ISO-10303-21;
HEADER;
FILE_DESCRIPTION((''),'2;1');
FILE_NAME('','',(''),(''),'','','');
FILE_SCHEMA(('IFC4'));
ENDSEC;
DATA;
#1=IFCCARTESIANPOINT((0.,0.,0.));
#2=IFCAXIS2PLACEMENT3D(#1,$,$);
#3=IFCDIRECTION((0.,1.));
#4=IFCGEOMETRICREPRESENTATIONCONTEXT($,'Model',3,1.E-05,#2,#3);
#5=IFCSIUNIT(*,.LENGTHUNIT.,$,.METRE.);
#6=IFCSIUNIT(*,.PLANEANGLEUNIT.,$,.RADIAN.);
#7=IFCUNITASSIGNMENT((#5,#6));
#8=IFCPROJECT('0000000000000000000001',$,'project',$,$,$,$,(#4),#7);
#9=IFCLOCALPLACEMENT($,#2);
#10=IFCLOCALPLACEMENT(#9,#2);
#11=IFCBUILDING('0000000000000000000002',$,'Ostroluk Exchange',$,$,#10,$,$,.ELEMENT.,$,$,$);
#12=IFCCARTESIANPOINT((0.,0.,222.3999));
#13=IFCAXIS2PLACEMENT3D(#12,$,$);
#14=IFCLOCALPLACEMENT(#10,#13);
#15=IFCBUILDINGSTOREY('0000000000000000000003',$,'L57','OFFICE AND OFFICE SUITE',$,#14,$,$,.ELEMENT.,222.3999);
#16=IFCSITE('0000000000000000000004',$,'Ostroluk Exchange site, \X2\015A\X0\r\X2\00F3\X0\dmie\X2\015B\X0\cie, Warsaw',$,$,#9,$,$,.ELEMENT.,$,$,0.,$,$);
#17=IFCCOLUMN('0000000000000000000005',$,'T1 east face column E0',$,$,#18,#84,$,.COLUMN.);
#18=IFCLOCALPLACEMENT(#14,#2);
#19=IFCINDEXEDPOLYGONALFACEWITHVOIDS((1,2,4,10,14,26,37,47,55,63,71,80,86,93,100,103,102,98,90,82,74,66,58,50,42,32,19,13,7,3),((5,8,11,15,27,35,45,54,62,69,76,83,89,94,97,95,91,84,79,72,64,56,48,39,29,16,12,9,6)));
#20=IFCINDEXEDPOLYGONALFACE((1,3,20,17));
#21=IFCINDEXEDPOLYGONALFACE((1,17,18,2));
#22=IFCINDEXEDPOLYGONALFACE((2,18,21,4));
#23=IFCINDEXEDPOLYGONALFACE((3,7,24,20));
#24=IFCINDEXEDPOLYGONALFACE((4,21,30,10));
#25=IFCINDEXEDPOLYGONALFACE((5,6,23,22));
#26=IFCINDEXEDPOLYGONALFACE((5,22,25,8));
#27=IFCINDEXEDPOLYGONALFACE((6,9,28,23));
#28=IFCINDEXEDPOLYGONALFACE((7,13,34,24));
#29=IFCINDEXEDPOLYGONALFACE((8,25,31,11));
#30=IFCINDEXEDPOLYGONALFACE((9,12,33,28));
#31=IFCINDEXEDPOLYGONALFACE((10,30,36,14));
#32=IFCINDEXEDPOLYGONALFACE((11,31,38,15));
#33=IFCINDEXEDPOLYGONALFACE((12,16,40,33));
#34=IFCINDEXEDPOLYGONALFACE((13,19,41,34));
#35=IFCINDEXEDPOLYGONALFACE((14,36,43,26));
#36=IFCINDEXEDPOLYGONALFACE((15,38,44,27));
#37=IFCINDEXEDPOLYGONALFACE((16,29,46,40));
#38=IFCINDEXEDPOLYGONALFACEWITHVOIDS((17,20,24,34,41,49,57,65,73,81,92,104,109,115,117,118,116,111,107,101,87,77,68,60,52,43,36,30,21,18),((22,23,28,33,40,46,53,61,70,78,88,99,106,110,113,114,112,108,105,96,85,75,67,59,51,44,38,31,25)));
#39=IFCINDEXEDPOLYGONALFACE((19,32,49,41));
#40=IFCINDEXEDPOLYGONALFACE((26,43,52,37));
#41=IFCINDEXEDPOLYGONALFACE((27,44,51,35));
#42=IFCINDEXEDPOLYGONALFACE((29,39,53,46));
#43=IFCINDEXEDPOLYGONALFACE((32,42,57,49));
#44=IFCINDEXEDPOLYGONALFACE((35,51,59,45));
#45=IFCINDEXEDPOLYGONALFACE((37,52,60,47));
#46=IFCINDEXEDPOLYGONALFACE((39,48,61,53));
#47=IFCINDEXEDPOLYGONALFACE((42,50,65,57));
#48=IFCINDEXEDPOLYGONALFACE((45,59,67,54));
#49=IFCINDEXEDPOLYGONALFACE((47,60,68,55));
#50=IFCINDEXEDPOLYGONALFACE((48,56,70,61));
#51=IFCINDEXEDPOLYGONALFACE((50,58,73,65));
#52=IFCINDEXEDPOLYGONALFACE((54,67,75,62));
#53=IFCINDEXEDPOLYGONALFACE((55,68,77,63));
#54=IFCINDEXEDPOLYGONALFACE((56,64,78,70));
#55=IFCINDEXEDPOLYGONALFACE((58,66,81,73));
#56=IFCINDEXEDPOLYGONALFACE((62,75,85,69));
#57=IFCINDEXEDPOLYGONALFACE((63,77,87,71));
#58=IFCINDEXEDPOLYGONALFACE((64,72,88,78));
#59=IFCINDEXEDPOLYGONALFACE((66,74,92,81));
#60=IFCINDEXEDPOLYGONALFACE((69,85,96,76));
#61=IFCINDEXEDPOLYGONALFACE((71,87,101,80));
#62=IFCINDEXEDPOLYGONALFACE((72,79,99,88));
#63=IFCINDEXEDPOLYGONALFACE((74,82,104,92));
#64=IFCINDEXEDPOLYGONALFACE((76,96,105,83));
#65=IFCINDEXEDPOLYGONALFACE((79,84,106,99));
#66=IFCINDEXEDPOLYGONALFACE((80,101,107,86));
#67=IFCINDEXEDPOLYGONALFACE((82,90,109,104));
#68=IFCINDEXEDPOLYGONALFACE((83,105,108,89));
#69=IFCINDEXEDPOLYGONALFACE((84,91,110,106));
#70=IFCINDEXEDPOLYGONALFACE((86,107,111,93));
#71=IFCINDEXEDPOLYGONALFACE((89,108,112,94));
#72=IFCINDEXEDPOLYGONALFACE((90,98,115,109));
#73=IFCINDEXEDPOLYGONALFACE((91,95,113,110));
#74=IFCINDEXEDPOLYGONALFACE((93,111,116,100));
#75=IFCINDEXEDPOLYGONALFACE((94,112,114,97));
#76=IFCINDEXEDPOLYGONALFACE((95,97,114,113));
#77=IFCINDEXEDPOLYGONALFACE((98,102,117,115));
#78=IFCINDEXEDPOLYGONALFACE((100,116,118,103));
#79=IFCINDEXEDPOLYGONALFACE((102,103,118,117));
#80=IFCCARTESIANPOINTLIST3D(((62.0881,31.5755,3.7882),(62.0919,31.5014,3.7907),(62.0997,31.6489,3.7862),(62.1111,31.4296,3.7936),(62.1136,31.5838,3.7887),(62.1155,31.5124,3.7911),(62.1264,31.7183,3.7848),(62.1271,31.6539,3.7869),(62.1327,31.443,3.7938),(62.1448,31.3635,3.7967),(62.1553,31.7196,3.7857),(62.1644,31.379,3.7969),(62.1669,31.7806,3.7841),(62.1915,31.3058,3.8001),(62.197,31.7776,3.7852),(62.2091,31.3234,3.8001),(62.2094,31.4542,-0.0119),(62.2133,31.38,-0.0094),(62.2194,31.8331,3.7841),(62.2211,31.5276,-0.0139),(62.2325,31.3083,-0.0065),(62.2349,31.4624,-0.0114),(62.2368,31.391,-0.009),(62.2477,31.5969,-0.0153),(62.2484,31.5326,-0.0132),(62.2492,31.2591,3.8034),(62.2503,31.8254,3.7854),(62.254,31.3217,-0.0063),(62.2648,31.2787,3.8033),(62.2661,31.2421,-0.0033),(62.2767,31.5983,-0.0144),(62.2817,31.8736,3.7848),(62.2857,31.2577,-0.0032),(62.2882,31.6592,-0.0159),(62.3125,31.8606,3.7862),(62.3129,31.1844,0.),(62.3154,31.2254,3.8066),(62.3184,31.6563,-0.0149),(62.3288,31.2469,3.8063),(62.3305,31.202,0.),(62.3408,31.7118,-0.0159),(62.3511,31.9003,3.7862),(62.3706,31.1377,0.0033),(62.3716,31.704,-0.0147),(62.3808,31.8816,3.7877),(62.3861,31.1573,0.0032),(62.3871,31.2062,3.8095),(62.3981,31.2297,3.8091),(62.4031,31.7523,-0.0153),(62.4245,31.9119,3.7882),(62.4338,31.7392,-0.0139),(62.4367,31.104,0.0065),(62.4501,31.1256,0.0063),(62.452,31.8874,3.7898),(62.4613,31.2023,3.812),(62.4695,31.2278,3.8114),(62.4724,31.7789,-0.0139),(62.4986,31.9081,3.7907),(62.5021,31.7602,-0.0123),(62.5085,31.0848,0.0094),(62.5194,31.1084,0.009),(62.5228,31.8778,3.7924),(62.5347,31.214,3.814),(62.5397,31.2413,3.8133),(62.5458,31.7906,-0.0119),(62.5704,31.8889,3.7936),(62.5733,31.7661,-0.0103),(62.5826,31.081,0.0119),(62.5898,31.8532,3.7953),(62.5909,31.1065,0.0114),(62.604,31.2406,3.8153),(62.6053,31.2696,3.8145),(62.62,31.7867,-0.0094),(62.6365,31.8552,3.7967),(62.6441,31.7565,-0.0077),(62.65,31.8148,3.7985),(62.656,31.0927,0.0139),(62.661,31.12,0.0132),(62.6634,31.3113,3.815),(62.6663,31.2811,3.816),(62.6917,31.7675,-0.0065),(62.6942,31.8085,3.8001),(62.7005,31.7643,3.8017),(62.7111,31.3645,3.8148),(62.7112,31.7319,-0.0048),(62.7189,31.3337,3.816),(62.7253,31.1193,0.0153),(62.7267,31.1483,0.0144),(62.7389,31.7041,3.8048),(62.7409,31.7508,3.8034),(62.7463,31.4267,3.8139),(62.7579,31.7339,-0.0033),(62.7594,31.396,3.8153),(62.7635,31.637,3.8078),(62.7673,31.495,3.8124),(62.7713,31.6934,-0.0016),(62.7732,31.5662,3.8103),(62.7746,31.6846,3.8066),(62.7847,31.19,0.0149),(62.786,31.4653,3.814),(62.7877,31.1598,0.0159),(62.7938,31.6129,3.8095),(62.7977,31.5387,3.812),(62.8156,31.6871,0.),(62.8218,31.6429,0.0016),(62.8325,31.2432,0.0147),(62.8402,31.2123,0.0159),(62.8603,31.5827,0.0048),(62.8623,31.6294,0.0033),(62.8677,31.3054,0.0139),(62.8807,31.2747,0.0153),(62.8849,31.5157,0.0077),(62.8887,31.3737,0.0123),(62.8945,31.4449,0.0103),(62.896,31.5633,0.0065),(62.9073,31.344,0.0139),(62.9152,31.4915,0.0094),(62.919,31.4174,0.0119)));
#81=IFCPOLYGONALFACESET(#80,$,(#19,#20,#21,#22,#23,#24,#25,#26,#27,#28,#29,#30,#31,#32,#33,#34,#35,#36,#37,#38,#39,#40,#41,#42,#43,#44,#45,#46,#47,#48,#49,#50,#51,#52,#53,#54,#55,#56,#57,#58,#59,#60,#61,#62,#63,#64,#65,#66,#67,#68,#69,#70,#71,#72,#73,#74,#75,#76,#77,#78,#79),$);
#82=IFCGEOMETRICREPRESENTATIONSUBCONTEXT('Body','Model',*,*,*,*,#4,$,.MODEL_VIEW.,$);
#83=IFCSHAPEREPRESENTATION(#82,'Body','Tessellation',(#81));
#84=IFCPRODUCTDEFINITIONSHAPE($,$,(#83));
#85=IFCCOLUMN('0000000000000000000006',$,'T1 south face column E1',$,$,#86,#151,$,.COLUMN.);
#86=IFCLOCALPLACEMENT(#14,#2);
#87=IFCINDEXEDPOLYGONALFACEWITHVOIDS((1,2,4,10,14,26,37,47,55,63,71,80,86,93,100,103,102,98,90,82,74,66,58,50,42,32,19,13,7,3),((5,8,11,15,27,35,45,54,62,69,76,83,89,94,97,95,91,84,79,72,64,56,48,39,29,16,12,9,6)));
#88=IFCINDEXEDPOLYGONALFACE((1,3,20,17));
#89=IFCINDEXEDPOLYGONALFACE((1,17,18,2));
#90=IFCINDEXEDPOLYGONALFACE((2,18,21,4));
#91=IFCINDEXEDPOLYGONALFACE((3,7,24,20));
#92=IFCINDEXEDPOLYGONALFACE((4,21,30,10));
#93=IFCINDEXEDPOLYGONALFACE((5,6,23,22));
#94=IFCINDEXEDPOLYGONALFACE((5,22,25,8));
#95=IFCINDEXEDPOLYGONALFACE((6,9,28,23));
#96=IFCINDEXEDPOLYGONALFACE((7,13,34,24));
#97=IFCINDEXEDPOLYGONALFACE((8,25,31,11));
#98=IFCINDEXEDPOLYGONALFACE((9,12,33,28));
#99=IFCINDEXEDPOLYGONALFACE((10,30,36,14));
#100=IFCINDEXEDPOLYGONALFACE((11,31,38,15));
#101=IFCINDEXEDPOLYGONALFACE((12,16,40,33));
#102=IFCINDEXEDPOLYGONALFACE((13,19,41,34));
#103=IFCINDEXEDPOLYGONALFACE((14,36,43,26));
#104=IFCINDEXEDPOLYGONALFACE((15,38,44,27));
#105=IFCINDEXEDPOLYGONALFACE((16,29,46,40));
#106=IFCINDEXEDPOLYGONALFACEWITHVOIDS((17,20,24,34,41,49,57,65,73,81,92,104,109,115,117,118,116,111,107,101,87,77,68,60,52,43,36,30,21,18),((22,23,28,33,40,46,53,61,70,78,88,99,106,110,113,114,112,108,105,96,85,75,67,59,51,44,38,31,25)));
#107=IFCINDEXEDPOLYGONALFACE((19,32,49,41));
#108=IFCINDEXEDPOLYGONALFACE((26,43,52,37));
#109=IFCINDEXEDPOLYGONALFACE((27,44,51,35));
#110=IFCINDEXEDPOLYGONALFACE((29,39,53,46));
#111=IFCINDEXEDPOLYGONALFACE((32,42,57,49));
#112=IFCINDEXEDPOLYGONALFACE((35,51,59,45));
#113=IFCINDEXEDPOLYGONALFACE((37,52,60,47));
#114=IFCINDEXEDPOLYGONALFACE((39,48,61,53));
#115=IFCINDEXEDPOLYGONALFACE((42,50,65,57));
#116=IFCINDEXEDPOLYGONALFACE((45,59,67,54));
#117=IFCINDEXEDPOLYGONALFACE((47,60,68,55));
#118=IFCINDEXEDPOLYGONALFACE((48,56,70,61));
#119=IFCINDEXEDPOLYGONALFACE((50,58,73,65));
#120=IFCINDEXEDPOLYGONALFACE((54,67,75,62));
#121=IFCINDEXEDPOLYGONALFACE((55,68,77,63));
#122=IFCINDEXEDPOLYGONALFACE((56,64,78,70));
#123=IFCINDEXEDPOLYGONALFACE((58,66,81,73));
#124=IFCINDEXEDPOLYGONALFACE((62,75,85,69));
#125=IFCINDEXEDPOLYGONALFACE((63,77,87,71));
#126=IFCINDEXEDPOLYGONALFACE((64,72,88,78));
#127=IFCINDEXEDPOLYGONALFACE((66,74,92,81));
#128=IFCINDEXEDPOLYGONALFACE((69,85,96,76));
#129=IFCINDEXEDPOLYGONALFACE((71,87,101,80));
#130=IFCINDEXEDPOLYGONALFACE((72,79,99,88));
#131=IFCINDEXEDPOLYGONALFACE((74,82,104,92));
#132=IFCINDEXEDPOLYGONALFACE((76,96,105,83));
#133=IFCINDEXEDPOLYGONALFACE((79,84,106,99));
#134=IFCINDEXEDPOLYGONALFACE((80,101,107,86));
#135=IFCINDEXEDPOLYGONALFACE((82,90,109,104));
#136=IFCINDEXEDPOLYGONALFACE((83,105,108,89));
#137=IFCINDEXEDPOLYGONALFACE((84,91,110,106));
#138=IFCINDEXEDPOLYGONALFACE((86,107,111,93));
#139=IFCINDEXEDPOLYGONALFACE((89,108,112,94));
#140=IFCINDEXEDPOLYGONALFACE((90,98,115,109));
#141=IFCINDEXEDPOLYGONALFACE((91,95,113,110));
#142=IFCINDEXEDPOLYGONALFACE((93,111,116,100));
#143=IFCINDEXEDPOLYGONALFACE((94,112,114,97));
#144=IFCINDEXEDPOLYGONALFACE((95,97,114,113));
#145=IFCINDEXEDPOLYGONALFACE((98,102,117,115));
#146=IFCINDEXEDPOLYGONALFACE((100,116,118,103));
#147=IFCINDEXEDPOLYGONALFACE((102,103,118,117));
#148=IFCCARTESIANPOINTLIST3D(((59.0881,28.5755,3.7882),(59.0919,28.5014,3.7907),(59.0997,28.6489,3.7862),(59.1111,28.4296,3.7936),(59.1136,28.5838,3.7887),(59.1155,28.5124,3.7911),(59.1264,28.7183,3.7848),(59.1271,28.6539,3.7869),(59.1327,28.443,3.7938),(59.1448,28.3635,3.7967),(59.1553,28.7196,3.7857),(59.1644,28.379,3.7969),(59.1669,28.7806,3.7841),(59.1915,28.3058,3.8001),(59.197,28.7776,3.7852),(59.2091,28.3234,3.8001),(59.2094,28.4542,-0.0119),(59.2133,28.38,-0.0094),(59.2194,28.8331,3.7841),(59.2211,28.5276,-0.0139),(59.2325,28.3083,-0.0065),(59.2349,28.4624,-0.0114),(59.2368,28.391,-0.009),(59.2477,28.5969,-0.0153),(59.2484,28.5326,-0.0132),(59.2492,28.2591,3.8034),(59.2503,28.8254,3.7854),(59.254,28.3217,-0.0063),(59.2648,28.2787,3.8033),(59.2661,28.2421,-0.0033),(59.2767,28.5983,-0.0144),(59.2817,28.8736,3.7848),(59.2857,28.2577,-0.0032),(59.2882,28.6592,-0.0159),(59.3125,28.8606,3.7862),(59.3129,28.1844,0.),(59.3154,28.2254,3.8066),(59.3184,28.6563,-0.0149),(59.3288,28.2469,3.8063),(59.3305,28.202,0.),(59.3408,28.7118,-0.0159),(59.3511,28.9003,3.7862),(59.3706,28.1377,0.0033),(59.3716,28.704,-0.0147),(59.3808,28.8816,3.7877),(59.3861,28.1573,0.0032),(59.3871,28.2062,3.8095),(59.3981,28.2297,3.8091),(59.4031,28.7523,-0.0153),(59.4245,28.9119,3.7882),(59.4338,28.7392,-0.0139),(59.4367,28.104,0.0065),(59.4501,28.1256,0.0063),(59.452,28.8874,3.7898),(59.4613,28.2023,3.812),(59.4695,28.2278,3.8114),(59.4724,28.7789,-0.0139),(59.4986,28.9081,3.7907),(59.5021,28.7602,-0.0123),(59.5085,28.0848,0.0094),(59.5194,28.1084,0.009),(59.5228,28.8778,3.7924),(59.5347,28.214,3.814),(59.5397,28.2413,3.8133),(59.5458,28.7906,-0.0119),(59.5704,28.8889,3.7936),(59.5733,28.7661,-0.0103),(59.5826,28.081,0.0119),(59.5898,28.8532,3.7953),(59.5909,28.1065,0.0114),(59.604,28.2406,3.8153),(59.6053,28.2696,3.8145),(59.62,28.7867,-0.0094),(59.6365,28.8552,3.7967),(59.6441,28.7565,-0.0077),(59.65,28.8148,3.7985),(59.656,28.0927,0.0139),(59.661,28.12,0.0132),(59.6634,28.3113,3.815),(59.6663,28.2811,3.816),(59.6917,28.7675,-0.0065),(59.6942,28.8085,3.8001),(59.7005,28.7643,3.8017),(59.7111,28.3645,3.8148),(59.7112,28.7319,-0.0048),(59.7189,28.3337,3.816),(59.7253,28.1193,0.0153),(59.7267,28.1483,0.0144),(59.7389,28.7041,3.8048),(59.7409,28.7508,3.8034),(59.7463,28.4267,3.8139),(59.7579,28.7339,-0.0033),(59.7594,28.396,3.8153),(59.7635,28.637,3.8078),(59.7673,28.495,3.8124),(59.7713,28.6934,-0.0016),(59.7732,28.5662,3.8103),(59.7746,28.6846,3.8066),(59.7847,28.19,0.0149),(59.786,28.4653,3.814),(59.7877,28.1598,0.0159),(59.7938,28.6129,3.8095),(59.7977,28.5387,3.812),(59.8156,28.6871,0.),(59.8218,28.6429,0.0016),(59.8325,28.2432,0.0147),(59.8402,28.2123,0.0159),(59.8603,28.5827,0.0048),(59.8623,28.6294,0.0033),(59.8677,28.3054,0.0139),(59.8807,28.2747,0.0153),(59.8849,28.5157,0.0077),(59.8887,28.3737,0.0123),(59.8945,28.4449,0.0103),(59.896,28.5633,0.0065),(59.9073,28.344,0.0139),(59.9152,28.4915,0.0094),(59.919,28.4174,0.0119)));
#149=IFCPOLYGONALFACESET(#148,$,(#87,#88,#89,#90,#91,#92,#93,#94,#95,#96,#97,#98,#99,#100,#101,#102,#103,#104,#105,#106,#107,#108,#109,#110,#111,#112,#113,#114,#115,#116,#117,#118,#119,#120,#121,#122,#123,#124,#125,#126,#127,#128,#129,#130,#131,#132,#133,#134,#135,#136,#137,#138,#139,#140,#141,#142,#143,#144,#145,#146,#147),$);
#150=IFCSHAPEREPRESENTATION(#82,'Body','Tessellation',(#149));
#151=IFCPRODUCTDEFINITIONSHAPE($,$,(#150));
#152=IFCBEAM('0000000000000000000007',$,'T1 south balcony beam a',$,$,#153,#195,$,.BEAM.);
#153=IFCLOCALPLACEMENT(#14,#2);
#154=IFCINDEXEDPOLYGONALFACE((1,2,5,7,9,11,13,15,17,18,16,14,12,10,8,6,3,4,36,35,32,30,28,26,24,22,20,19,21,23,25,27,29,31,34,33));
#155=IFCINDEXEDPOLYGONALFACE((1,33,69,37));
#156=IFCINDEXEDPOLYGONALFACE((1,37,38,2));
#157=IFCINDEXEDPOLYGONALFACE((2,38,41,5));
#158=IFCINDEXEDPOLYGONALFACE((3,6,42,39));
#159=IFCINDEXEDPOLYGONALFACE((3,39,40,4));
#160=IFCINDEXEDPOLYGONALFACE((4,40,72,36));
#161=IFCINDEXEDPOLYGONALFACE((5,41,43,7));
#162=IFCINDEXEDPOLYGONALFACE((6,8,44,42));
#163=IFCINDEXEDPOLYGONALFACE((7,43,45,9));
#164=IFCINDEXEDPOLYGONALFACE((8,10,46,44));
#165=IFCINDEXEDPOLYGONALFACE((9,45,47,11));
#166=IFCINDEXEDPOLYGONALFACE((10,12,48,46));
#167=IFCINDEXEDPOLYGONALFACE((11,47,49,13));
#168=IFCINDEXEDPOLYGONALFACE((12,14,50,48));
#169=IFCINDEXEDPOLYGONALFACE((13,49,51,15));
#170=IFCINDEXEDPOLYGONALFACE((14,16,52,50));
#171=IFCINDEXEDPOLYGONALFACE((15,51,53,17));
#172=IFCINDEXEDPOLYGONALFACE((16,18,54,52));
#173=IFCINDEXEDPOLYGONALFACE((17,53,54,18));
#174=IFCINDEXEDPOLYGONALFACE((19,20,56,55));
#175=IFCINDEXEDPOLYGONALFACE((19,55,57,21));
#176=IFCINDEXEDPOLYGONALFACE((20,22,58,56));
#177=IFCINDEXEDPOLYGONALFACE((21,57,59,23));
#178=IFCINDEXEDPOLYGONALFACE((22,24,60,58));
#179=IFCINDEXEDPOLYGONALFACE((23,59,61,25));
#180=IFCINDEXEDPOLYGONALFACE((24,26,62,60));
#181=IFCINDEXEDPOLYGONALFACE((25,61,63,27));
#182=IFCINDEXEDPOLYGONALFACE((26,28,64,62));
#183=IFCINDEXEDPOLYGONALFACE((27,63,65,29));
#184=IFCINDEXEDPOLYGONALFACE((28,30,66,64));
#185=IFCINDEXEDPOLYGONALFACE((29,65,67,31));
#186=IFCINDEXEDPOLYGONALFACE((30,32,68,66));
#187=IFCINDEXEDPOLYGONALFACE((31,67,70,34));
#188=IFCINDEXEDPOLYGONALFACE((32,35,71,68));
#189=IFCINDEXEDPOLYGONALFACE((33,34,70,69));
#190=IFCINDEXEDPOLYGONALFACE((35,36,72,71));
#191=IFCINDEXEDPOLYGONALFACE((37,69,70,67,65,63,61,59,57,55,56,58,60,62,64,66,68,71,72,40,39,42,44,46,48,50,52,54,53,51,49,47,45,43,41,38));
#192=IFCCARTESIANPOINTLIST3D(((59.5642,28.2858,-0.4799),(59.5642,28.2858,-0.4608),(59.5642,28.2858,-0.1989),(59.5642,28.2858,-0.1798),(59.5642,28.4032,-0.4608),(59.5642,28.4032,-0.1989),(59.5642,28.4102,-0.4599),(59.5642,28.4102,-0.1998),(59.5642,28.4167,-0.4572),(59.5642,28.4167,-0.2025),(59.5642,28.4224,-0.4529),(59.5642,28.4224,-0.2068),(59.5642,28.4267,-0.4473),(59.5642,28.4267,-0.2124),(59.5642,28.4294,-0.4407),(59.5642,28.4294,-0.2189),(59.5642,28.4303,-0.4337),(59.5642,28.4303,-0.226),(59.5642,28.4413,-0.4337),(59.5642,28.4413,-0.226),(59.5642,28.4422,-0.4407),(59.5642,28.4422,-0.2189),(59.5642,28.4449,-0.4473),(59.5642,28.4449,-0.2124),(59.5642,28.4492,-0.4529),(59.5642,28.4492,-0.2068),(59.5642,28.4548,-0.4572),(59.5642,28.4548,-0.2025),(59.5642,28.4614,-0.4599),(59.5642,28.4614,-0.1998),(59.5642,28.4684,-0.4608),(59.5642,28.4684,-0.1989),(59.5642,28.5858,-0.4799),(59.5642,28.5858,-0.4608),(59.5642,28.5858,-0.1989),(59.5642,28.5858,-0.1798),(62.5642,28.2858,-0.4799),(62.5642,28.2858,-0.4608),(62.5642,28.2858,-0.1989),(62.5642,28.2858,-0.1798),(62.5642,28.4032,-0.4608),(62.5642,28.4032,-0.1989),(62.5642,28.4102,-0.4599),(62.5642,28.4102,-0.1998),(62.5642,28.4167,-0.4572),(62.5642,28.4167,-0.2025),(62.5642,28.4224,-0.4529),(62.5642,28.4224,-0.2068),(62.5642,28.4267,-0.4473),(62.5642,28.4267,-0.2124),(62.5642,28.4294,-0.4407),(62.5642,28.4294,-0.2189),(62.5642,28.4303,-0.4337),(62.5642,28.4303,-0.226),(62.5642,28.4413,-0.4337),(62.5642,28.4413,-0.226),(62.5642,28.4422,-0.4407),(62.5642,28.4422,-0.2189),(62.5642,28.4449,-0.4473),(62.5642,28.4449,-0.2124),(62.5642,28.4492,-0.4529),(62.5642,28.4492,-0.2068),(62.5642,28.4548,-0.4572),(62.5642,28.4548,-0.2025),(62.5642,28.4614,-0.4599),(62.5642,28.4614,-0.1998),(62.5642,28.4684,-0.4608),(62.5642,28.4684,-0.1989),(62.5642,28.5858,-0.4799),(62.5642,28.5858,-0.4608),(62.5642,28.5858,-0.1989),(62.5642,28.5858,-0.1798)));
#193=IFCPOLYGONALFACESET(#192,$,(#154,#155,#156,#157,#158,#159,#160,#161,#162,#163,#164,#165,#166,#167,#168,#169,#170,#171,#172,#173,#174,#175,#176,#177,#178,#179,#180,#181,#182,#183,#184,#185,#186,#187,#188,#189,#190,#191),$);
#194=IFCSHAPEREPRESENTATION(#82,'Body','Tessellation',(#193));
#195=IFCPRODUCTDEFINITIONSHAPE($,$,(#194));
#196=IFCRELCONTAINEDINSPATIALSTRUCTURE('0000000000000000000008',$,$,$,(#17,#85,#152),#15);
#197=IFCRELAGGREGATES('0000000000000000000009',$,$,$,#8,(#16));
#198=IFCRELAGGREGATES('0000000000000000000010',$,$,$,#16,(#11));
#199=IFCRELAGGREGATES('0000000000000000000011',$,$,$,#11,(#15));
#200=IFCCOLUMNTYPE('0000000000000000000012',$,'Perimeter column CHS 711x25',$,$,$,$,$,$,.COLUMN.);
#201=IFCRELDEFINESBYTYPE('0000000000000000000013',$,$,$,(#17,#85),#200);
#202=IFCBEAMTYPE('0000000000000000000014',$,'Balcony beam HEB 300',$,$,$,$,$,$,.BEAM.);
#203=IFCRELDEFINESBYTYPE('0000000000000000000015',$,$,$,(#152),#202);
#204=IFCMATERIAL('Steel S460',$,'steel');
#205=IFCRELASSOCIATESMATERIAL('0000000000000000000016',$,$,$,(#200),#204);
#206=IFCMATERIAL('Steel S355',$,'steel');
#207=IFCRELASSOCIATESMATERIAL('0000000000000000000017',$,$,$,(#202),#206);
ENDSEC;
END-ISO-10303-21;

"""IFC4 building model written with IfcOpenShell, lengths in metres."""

from ifc_helpers import new_model, si_unit, direction, frame, origin, origin_2d, place, context, subcontext, project, spatial, hollow_circle, i_section, extrude, material, material_profile, profile_set, type_object, element, save


model = new_model("IFC4")

# Units and contexts
model_context = context("Model", 3, precision=1e-05, world=origin(), true_north=direction((0.0, 1.0)))
body_context = subcontext(model_context, "Body", "Model", "MODEL_VIEW")
ifc_project = project(units=[si_unit("LENGTHUNIT", "METRE"), si_unit("PLANEANGLEUNIT", "RADIAN")], contexts=[model_context])

# Site, building, storey
site_placement = place(None, origin())
site = spatial("IfcSite", under=ifc_project, at=site_placement, Name="Ostroluk Exchange site, Śródmieście, Warsaw", CompositionType="ELEMENT", RefElevation=0.0)
building_placement = place(site_placement, origin())
building = spatial("IfcBuilding", under=site, at=building_placement, Name="Ostroluk Exchange", CompositionType="ELEMENT")
storey_placement = place(building_placement, frame((0.0, 0.0, 222.3999)))
storey = spatial("IfcBuildingStorey", under=building, at=storey_placement, Name="L57", Description="OFFICE AND OFFICE SUITE", CompositionType="ELEMENT", Elevation=222.3999)

# Columns
ifc_material_1 = material(Name="Steel S460", Category="steel")
ifc_material_profile_1 = material_profile(ifc_material_1, hollow_circle(Radius=0.3555, WallThickness=0.0249, at=origin_2d()), Name="CHS 711x25")
ifc_profile_set_1 = profile_set([ifc_material_profile_1], Name="Steel S460")
column_type = type_object("IfcColumnType", Name="Perimeter column CHS 711x25", PredefinedType="COLUMN", material=ifc_profile_set_1)
for number, where, z_axis, x_axis, name in (
    (1, (62.5642, 31.4358, 0.0), (-0.031898, 0.031898, 0.998982), (-0.707107, -0.707107, 0.0), "T1 east face column E0"),
    (2, (59.5642, 28.4358, 0.0), (-0.031898, 0.031898, 0.998982), (-0.707107, -0.707107, 0.0), "T1 south face column E1"),
):
    element("IfcColumn", number, at=place(storey_placement, frame(where, z_axis=z_axis, x_axis=x_axis)), inside=storey, type_object=column_type, Name=name, PredefinedType="COLUMN", context=body_context, shape_type="SweptSolid", body=[
        extrude(hollow_circle(Radius=0.3555, WallThickness=0.0249, at=origin_2d()), origin(), (0.0, 0.0, 1.0), 3.804),
    ])

# Beam
ifc_material_2 = material(Name="Steel S355", Category="steel")
ifc_material_profile_2 = material_profile(ifc_material_2, i_section(OverallWidth=0.3, OverallDepth=0.3, WebThickness=0.011, FlangeThickness=0.019, FilletRadius=0.0271, at=origin_2d()), Name="HEB 300")
ifc_profile_set_2 = profile_set([ifc_material_profile_2], Name="Steel S355")
beam_type_1 = type_object("IfcBeamType", Name="Balcony beam HEB 300", PredefinedType="BEAM", material=ifc_profile_set_2)
for number, where, z_axis, x_axis, name in (
    (3, (59.5642, 28.4358, -0.3298), (1.0, 0.0, 0.0), (0.0, 1.0, 0.0), "T1 south balcony beam a"),
):
    element("IfcBeam", number, at=place(storey_placement, frame(where, z_axis=z_axis, x_axis=x_axis)), inside=storey, type_object=beam_type_1, Name=name, PredefinedType="BEAM", context=body_context, shape_type="SweptSolid", body=[
        extrude(i_section(OverallWidth=0.3, OverallDepth=0.3, WebThickness=0.011, FlangeThickness=0.019, FilletRadius=0.0271, at=origin_2d()), origin(), (0.0, 0.0, 1.0), 3.0),
    ])

save(model, "model.ifc")
